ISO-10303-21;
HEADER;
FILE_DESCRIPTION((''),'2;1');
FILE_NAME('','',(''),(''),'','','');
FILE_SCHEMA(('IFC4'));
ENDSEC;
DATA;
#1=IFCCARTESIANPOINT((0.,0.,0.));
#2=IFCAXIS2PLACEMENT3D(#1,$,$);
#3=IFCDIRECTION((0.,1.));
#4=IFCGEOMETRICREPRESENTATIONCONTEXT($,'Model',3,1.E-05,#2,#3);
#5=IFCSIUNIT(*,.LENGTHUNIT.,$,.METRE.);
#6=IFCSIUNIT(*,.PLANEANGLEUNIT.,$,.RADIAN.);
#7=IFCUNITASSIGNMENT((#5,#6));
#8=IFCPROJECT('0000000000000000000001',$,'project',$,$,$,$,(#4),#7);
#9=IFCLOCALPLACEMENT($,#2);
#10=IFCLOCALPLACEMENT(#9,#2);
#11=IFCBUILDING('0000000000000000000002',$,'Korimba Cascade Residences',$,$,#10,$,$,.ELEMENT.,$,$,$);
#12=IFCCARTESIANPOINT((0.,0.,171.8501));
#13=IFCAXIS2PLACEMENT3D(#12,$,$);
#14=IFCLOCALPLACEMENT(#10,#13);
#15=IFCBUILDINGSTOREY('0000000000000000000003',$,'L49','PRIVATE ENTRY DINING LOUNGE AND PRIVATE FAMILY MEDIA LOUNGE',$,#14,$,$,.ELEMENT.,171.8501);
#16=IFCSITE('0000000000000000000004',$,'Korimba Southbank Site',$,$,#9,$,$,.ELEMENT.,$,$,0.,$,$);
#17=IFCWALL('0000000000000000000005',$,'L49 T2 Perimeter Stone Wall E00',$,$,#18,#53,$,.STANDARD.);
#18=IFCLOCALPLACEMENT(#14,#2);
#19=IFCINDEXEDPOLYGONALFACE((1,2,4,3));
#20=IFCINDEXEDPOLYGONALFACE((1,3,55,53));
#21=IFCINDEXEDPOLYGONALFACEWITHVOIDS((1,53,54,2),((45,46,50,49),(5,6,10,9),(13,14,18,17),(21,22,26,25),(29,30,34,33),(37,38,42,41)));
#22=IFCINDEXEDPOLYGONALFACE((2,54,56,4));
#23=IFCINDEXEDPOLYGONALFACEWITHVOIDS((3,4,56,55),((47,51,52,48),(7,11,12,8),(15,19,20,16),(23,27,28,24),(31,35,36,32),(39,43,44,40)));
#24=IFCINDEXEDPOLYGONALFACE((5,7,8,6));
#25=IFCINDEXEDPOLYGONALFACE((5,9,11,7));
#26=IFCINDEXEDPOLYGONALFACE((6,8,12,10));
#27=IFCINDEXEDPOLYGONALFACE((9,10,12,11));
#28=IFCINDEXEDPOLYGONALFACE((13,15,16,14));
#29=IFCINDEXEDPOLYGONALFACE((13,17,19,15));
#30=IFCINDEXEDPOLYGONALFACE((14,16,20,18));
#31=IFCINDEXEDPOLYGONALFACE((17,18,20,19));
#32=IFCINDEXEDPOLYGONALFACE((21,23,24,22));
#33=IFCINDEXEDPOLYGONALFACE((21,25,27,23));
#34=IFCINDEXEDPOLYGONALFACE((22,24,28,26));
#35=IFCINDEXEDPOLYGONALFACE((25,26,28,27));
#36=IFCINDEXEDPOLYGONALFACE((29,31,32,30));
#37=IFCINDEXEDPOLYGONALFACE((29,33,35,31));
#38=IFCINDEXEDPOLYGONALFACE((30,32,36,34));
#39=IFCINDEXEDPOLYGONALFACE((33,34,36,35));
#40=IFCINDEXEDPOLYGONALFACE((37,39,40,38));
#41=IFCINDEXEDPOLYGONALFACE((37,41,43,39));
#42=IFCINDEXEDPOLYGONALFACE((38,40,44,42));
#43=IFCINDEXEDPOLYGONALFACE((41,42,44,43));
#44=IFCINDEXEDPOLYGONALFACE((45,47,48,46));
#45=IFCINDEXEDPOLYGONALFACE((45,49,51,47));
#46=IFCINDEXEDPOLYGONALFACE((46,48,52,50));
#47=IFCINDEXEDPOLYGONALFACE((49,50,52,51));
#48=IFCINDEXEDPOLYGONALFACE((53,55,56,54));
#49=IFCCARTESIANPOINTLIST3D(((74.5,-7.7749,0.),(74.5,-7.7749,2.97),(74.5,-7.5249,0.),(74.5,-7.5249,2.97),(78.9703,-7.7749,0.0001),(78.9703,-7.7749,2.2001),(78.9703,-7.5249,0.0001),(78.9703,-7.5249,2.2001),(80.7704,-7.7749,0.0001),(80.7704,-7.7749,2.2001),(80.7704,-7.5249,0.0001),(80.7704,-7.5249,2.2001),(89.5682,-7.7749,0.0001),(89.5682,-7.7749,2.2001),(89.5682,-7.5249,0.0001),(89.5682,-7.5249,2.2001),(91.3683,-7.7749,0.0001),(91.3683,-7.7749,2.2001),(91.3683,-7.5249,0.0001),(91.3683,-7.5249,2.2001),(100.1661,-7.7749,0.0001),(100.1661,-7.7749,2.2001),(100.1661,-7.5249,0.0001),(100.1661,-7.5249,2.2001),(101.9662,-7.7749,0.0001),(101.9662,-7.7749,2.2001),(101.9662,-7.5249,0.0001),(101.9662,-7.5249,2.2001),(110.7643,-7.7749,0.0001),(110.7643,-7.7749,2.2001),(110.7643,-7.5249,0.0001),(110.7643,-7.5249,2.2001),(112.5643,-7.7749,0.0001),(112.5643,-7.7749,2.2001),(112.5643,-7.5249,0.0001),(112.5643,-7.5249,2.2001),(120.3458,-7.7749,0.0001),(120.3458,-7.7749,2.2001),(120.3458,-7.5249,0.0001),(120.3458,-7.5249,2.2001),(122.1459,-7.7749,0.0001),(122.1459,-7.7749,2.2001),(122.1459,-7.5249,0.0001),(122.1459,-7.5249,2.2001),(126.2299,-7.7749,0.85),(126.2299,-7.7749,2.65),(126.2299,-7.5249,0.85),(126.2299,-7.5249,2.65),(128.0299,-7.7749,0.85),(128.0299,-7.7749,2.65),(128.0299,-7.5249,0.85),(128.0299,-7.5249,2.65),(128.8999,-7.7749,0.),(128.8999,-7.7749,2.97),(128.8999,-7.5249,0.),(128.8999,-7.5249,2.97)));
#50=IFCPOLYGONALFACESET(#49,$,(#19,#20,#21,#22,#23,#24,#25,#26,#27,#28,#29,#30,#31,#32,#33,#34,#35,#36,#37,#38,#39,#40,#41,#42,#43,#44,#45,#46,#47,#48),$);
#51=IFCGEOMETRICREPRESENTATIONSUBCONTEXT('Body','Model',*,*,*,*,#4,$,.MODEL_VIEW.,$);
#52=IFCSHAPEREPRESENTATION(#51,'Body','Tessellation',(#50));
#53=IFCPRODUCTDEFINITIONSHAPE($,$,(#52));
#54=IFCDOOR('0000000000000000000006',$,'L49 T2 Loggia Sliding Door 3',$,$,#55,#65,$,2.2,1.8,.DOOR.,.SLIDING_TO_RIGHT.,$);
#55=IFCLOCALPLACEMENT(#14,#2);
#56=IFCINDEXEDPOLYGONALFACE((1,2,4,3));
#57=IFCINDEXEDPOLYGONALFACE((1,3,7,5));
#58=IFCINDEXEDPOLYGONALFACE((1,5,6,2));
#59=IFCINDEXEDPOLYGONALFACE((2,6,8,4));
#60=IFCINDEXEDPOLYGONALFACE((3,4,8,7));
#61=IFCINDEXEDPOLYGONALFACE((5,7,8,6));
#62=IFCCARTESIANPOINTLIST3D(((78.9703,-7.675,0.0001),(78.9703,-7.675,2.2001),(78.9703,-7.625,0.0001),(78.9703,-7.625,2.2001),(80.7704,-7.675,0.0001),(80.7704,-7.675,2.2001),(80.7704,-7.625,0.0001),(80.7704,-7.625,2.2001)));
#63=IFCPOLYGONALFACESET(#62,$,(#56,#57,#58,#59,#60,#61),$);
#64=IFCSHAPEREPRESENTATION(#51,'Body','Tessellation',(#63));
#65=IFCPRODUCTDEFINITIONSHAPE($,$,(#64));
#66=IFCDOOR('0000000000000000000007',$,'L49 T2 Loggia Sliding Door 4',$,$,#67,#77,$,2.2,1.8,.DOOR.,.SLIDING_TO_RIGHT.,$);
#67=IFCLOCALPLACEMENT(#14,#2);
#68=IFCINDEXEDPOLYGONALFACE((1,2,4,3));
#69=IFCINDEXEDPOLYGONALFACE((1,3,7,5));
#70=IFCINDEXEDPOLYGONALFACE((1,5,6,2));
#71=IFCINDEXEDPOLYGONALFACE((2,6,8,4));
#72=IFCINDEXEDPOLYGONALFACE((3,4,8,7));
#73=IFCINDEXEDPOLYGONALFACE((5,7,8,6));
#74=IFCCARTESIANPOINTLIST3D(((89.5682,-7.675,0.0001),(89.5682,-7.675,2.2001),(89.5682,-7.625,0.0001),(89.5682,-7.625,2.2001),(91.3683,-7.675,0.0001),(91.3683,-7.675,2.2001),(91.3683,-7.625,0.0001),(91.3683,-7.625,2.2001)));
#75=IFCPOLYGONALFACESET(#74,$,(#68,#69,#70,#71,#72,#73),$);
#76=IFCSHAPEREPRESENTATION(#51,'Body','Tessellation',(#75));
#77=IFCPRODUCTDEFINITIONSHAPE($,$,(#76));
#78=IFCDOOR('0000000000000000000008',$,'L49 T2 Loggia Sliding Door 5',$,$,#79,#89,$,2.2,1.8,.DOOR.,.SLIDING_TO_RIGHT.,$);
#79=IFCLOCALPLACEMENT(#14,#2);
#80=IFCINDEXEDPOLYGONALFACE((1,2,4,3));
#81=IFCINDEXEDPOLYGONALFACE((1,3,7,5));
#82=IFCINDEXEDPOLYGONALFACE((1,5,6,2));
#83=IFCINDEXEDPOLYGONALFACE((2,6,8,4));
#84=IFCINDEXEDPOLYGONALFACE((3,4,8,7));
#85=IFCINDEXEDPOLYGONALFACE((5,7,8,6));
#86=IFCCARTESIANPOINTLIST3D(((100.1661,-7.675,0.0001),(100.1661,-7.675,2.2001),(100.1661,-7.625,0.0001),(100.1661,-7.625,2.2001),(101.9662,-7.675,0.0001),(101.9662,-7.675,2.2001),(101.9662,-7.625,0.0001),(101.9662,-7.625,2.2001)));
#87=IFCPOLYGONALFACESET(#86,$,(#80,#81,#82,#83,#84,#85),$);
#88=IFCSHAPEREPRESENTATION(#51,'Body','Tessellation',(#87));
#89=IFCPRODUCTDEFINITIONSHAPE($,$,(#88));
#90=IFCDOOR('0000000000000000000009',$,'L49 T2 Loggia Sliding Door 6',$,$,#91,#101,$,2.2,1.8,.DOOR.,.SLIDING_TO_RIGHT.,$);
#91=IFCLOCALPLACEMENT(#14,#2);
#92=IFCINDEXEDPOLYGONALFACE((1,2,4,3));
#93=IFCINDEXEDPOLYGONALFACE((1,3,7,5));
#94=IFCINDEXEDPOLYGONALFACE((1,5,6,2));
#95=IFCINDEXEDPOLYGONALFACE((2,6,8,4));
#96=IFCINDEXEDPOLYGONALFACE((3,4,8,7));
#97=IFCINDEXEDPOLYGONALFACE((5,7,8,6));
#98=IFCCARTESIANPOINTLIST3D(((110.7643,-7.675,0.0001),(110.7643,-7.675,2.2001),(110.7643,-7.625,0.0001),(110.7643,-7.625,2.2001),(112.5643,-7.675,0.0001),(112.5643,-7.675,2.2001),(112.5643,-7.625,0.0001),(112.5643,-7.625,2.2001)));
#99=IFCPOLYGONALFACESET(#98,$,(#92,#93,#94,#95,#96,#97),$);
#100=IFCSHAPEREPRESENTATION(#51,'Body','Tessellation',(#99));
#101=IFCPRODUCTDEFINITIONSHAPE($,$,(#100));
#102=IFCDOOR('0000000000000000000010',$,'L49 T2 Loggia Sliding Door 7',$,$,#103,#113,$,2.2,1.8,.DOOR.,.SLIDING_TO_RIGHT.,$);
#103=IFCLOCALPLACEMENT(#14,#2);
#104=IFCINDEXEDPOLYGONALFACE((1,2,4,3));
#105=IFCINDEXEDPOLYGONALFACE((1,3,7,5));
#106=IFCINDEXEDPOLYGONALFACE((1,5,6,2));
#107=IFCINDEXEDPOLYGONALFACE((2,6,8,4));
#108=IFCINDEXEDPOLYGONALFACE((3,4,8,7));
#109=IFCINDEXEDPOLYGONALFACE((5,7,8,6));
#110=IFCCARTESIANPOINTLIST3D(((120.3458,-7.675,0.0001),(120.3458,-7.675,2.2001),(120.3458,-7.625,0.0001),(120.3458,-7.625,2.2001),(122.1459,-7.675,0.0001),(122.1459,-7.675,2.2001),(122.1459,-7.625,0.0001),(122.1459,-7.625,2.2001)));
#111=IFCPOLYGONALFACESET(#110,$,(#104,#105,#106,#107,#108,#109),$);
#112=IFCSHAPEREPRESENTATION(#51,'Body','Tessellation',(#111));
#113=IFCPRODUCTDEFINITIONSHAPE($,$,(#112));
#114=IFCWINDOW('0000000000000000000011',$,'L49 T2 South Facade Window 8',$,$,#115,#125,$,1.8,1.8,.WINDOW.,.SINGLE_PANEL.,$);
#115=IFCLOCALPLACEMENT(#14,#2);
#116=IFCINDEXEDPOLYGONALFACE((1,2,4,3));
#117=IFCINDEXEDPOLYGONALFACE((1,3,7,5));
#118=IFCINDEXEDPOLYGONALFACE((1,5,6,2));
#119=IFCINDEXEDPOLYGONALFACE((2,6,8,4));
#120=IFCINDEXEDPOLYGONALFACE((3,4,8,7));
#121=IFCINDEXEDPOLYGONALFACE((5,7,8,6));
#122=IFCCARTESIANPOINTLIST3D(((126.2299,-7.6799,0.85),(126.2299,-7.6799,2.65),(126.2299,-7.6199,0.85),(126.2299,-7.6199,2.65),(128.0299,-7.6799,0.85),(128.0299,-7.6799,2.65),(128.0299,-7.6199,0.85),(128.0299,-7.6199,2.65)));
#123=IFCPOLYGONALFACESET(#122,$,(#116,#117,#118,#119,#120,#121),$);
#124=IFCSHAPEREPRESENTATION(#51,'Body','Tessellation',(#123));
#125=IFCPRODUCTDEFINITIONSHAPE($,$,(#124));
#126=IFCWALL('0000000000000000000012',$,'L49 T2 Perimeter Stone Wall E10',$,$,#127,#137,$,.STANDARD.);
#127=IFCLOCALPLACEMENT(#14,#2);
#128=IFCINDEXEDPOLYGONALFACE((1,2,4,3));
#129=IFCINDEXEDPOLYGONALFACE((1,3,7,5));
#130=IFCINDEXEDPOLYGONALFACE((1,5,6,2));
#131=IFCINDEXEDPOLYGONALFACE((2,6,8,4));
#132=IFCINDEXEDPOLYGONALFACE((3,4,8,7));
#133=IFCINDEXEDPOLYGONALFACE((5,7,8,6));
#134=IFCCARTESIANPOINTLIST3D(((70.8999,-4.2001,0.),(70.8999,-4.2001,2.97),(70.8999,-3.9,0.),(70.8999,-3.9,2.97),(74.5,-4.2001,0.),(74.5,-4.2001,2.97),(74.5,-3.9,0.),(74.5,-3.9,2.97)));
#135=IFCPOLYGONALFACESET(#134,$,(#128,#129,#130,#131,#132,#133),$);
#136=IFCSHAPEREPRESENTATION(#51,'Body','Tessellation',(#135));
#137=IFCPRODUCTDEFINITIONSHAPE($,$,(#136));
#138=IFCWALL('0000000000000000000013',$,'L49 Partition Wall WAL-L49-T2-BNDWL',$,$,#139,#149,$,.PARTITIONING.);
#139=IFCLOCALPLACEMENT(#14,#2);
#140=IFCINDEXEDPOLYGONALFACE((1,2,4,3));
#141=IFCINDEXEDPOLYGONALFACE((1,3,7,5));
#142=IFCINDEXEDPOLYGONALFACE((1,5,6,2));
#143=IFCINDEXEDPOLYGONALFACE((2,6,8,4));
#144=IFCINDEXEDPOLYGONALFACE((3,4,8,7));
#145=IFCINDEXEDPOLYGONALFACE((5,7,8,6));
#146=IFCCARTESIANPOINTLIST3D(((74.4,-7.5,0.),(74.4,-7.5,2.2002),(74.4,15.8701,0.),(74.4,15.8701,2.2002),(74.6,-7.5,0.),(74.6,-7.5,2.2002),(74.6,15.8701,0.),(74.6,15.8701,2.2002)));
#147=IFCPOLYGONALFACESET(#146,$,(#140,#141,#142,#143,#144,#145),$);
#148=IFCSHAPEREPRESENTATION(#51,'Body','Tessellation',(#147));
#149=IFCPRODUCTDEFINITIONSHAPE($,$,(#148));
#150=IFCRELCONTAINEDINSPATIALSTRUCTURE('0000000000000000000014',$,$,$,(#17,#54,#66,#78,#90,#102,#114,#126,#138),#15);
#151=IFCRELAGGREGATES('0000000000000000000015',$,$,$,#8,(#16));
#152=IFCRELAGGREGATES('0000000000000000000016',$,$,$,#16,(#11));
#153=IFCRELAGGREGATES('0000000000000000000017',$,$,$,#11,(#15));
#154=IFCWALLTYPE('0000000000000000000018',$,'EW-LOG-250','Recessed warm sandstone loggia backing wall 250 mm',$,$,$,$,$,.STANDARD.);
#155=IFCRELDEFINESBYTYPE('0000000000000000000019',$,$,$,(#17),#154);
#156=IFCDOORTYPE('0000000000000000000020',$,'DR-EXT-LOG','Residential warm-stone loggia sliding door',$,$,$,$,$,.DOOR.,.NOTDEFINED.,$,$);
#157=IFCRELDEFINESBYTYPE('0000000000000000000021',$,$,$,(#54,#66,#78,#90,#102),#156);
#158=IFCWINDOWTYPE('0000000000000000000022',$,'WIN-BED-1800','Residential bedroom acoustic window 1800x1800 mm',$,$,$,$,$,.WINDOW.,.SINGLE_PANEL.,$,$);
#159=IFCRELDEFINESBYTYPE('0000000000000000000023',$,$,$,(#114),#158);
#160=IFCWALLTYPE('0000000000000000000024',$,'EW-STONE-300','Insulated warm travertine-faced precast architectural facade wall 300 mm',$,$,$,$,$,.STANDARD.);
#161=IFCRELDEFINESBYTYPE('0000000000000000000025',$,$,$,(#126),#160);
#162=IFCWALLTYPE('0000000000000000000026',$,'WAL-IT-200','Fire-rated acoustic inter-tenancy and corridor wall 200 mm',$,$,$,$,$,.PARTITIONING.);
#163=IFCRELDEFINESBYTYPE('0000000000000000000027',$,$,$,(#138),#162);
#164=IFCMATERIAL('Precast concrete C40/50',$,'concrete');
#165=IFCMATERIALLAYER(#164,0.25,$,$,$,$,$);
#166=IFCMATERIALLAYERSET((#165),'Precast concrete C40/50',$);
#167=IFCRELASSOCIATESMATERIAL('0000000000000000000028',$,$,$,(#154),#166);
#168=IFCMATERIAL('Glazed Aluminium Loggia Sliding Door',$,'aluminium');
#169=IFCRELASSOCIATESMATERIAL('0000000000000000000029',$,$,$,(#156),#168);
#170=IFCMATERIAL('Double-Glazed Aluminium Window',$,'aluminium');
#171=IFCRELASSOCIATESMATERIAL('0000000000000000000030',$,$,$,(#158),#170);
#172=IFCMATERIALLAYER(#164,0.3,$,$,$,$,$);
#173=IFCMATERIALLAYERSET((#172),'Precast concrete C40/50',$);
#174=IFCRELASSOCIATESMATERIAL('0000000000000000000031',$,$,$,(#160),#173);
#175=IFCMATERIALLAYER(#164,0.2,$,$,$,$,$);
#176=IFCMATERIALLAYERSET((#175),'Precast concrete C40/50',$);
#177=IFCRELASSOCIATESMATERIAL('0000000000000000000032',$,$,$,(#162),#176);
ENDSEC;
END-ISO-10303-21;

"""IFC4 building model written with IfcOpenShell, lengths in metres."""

from ifc_helpers import new_model, si_unit, direction, frame, frame_2d, origin, place, context, subcontext, project, spatial, rectangle, extrude, material, layer, layer_set, type_object, element, fill, save


model = new_model("IFC4")

# Units and contexts
model_context = context("Model", 3, precision=1e-05, world=origin(), true_north=direction((0.0, 1.0)))
body_context = subcontext(model_context, "Body", "Model", "MODEL_VIEW")
ifc_project = project(units=[si_unit("LENGTHUNIT", "METRE"), si_unit("PLANEANGLEUNIT", "RADIAN")], contexts=[model_context])

# Site, building, storey
site_placement = place(None, origin())
site = spatial("IfcSite", under=ifc_project, at=site_placement, Name="Korimba Southbank Site", CompositionType="ELEMENT", RefElevation=0.0)
building_placement = place(site_placement, origin())
building = spatial("IfcBuilding", under=site, at=building_placement, Name="Korimba Cascade Residences", CompositionType="ELEMENT")
storey_placement = place(building_placement, frame((0.0, 0.0, 171.8501)))
storey = spatial("IfcBuildingStorey", under=building, at=storey_placement, Name="L49", Description="PRIVATE ENTRY DINING LOUNGE AND PRIVATE FAMILY MEDIA LOUNGE", CompositionType="ELEMENT", Elevation=171.8501)

# Wall, openings, doors, window
ifc_material_1 = material(Name="Precast concrete C40/50", Category="concrete")
ifc_layer_1 = layer(ifc_material_1, 0.25)
ifc_layer_set_1 = layer_set([ifc_layer_1], Name="Precast concrete C40/50")
wall_type_1 = type_object("IfcWallType", Name="EW-LOG-250", Description="Recessed warm sandstone loggia backing wall 250 mm", PredefinedType="STANDARD", material=ifc_layer_set_1)
wall_1_placement = place(storey_placement, frame((74.5, -7.6499, 0.0), z_axis=(0.0, 0.0, 1.0), x_axis=(1.0, 0.0, 0.0)))
wall_1 = element("IfcWall", 1, at=wall_1_placement, inside=storey, type_object=wall_type_1, Name="L49 T2 Perimeter Stone Wall E00", PredefinedType="STANDARD", context=body_context, shape_type="SweptSolid", body=[
    extrude(rectangle(XDim=54.3999, YDim=0.25, at=frame_2d((27.2, 0.0))), origin(), (0.0, 0.0, 1.0), 2.97),
])
opening_1_placement = place(wall_1_placement, frame((4.4705, 0.0, 0.0)))
opening_1 = element("IfcOpeningElement", 2, at=opening_1_placement, cuts=wall_1, PredefinedType="OPENING", context=body_context, shape_type="SweptSolid", body=[
    extrude(rectangle(XDim=1.8, YDim=2.2, at=frame_2d((0.8999, 1.1001))), frame((0.0, 0.135, 0.0), z_axis=(0.0, -1.0, 0.0), x_axis=(1.0, 0.0, 0.0)), (0.0, 0.0, 1.0), 0.27),
])
opening_2_placement = place(wall_1_placement, frame((15.0684, 0.0, 0.0)))
opening_2 = element("IfcOpeningElement", 3, at=opening_2_placement, cuts=wall_1, PredefinedType="OPENING", context=body_context, shape_type="SweptSolid", body=[
    extrude(rectangle(XDim=1.8, YDim=2.2, at=frame_2d((0.8999, 1.1001))), frame((0.0, 0.135, 0.0), z_axis=(0.0, -1.0, 0.0), x_axis=(1.0, 0.0, 0.0)), (0.0, 0.0, 1.0), 0.27),
])
opening_3_placement = place(wall_1_placement, frame((25.6663, 0.0, 0.0)))
opening_3 = element("IfcOpeningElement", 4, at=opening_3_placement, cuts=wall_1, PredefinedType="OPENING", context=body_context, shape_type="SweptSolid", body=[
    extrude(rectangle(XDim=1.8, YDim=2.2, at=frame_2d((0.8999, 1.1001))), frame((0.0, 0.135, 0.0), z_axis=(0.0, -1.0, 0.0), x_axis=(1.0, 0.0, 0.0)), (0.0, 0.0, 1.0), 0.27),
])
opening_4_placement = place(wall_1_placement, frame((36.2644, 0.0, 0.0)))
opening_4 = element("IfcOpeningElement", 5, at=opening_4_placement, cuts=wall_1, PredefinedType="OPENING", context=body_context, shape_type="SweptSolid", body=[
    extrude(rectangle(XDim=1.8, YDim=2.2, at=frame_2d((0.8999, 1.1001))), frame((0.0, 0.135, 0.0), z_axis=(0.0, -1.0, 0.0), x_axis=(1.0, 0.0, 0.0)), (0.0, 0.0, 1.0), 0.27),
])
opening_5_placement = place(wall_1_placement, frame((45.8459, 0.0, 0.0)))
opening_5 = element("IfcOpeningElement", 6, at=opening_5_placement, cuts=wall_1, PredefinedType="OPENING", context=body_context, shape_type="SweptSolid", body=[
    extrude(rectangle(XDim=1.8, YDim=2.2, at=frame_2d((0.8999, 1.1001))), frame((0.0, 0.135, 0.0), z_axis=(0.0, -1.0, 0.0), x_axis=(1.0, 0.0, 0.0)), (0.0, 0.0, 1.0), 0.27),
])
opening_6_placement = place(wall_1_placement, frame((51.73, 0.0, 0.8501)))
opening_6 = element("IfcOpeningElement", 7, at=opening_6_placement, cuts=wall_1, PredefinedType="OPENING", context=body_context, shape_type="SweptSolid", body=[
    extrude(rectangle(XDim=1.8, YDim=1.8, at=frame_2d((0.8999, 0.8999))), frame((0.0, 0.135, 0.0), z_axis=(0.0, -1.0, 0.0), x_axis=(1.0, 0.0, 0.0)), (0.0, 0.0, 1.0), 0.27),
])
ifc_material_2 = material(Name="Glazed Aluminium Loggia Sliding Door", Category="aluminium")
door_type = type_object("IfcDoorType", Name="DR-EXT-LOG", Description="Residential warm-stone loggia sliding door", OperationType="NOTDEFINED", PredefinedType="DOOR", material=ifc_material_2)
door_1_placement = place(opening_1_placement, origin())
door_1 = element("IfcDoor", 8, at=door_1_placement, inside=storey, type_object=door_type, Name="L49 T2 Loggia Sliding Door 3", OperationType="SLIDING_TO_RIGHT", OverallHeight=2.2, OverallWidth=1.8, PredefinedType="DOOR", context=body_context, shape_type="SweptSolid", body=[
    extrude(rectangle(XDim=1.8, YDim=2.2, at=frame_2d((0.8999, 1.1001))), frame((0.0, 0.0249, 0.0), z_axis=(0.0, -1.0, 0.0), x_axis=(1.0, 0.0, 0.0)), (0.0, 0.0, 1.0), 0.05),
])
fill(opening_1, door_1)
door_2_placement = place(opening_2_placement, origin())
door_2 = element("IfcDoor", 9, at=door_2_placement, inside=storey, type_object=door_type, Name="L49 T2 Loggia Sliding Door 4", OperationType="SLIDING_TO_RIGHT", OverallHeight=2.2, OverallWidth=1.8, PredefinedType="DOOR", context=body_context, shape_type="SweptSolid", body=[
    extrude(rectangle(XDim=1.8, YDim=2.2, at=frame_2d((0.8999, 1.1001))), frame((0.0, 0.0249, 0.0), z_axis=(0.0, -1.0, 0.0), x_axis=(1.0, 0.0, 0.0)), (0.0, 0.0, 1.0), 0.05),
])
fill(opening_2, door_2)
door_3_placement = place(opening_3_placement, origin())
door_3 = element("IfcDoor", 10, at=door_3_placement, inside=storey, type_object=door_type, Name="L49 T2 Loggia Sliding Door 5", OperationType="SLIDING_TO_RIGHT", OverallHeight=2.2, OverallWidth=1.8, PredefinedType="DOOR", context=body_context, shape_type="SweptSolid", body=[
    extrude(rectangle(XDim=1.8, YDim=2.2, at=frame_2d((0.8999, 1.1001))), frame((0.0, 0.0249, 0.0), z_axis=(0.0, -1.0, 0.0), x_axis=(1.0, 0.0, 0.0)), (0.0, 0.0, 1.0), 0.05),
])
fill(opening_3, door_3)
door_4_placement = place(opening_4_placement, origin())
door_4 = element("IfcDoor", 11, at=door_4_placement, inside=storey, type_object=door_type, Name="L49 T2 Loggia Sliding Door 6", OperationType="SLIDING_TO_RIGHT", OverallHeight=2.2, OverallWidth=1.8, PredefinedType="DOOR", context=body_context, shape_type="SweptSolid", body=[
    extrude(rectangle(XDim=1.8, YDim=2.2, at=frame_2d((0.8999, 1.1001))), frame((0.0, 0.0249, 0.0), z_axis=(0.0, -1.0, 0.0), x_axis=(1.0, 0.0, 0.0)), (0.0, 0.0, 1.0), 0.05),
])
fill(opening_4, door_4)
door_5_placement = place(opening_5_placement, origin())
door_5 = element("IfcDoor", 12, at=door_5_placement, inside=storey, type_object=door_type, Name="L49 T2 Loggia Sliding Door 7", OperationType="SLIDING_TO_RIGHT", OverallHeight=2.2, OverallWidth=1.8, PredefinedType="DOOR", context=body_context, shape_type="SweptSolid", body=[
    extrude(rectangle(XDim=1.8, YDim=2.2, at=frame_2d((0.8999, 1.1001))), frame((0.0, 0.0249, 0.0), z_axis=(0.0, -1.0, 0.0), x_axis=(1.0, 0.0, 0.0)), (0.0, 0.0, 1.0), 0.05),
])
fill(opening_5, door_5)
ifc_material_3 = material(Name="Double-Glazed Aluminium Window", Category="aluminium")
window_type = type_object("IfcWindowType", Name="WIN-BED-1800", Description="Residential bedroom acoustic window 1800x1800 mm", PartitioningType="SINGLE_PANEL", PredefinedType="WINDOW", material=ifc_material_3)
window_placement = place(opening_6_placement, origin())
window = element("IfcWindow", 13, at=window_placement, inside=storey, type_object=window_type, Name="L49 T2 South Facade Window 8", OverallHeight=1.8, OverallWidth=1.8, PartitioningType="SINGLE_PANEL", PredefinedType="WINDOW", context=body_context, shape_type="SweptSolid", body=[
    extrude(rectangle(XDim=1.8, YDim=1.8, at=frame_2d((0.8999, 0.8999))), frame((0.0, 0.03, 0.0), z_axis=(0.0, -1.0, 0.0), x_axis=(1.0, 0.0, 0.0)), (0.0, 0.0, 1.0), 0.0601),
])
fill(opening_6, window)

# Walls
ifc_layer_2 = layer(ifc_material_1, 0.3)
ifc_layer_set_2 = layer_set([ifc_layer_2], Name="Precast concrete C40/50")
wall_type_2 = type_object("IfcWallType", Name="EW-STONE-300", Description="Insulated warm travertine-faced precast architectural facade wall 300 mm", PredefinedType="STANDARD", material=ifc_layer_set_2)
wall_2_placement = place(storey_placement, frame((70.8999, -4.05, 0.0), z_axis=(0.0, 0.0, 1.0), x_axis=(1.0, 0.0, 0.0)))
element("IfcWall", 14, at=wall_2_placement, inside=storey, type_object=wall_type_2, Name="L49 T2 Perimeter Stone Wall E10", PredefinedType="STANDARD", context=body_context, shape_type="SweptSolid", body=[
    extrude(rectangle(XDim=3.6001, YDim=0.3, at=frame_2d((1.8, 0.0))), origin(), (0.0, 0.0, 1.0), 2.97),
])
ifc_layer_3 = layer(ifc_material_1, 0.2)
ifc_layer_set_3 = layer_set([ifc_layer_3], Name="Precast concrete C40/50")
wall_type_3 = type_object("IfcWallType", Name="WAL-IT-200", Description="Fire-rated acoustic inter-tenancy and corridor wall 200 mm", PredefinedType="PARTITIONING", material=ifc_layer_set_3)
wall_3_placement = place(storey_placement, frame((74.5, -7.5, 0.0), z_axis=(0.0, 0.0, 1.0), x_axis=(0.0, 1.0, 0.0)))
element("IfcWall", 15, at=wall_3_placement, inside=storey, type_object=wall_type_3, Name="L49 Partition Wall WAL-L49-T2-BNDWL", PredefinedType="PARTITIONING", context=body_context, shape_type="SweptSolid", body=[
    extrude(rectangle(XDim=23.3701, YDim=0.2, at=frame_2d((11.6851, 0.0))), origin(), (0.0, 0.0, 1.0), 2.2002),
])

save(model, "model.ifc")
